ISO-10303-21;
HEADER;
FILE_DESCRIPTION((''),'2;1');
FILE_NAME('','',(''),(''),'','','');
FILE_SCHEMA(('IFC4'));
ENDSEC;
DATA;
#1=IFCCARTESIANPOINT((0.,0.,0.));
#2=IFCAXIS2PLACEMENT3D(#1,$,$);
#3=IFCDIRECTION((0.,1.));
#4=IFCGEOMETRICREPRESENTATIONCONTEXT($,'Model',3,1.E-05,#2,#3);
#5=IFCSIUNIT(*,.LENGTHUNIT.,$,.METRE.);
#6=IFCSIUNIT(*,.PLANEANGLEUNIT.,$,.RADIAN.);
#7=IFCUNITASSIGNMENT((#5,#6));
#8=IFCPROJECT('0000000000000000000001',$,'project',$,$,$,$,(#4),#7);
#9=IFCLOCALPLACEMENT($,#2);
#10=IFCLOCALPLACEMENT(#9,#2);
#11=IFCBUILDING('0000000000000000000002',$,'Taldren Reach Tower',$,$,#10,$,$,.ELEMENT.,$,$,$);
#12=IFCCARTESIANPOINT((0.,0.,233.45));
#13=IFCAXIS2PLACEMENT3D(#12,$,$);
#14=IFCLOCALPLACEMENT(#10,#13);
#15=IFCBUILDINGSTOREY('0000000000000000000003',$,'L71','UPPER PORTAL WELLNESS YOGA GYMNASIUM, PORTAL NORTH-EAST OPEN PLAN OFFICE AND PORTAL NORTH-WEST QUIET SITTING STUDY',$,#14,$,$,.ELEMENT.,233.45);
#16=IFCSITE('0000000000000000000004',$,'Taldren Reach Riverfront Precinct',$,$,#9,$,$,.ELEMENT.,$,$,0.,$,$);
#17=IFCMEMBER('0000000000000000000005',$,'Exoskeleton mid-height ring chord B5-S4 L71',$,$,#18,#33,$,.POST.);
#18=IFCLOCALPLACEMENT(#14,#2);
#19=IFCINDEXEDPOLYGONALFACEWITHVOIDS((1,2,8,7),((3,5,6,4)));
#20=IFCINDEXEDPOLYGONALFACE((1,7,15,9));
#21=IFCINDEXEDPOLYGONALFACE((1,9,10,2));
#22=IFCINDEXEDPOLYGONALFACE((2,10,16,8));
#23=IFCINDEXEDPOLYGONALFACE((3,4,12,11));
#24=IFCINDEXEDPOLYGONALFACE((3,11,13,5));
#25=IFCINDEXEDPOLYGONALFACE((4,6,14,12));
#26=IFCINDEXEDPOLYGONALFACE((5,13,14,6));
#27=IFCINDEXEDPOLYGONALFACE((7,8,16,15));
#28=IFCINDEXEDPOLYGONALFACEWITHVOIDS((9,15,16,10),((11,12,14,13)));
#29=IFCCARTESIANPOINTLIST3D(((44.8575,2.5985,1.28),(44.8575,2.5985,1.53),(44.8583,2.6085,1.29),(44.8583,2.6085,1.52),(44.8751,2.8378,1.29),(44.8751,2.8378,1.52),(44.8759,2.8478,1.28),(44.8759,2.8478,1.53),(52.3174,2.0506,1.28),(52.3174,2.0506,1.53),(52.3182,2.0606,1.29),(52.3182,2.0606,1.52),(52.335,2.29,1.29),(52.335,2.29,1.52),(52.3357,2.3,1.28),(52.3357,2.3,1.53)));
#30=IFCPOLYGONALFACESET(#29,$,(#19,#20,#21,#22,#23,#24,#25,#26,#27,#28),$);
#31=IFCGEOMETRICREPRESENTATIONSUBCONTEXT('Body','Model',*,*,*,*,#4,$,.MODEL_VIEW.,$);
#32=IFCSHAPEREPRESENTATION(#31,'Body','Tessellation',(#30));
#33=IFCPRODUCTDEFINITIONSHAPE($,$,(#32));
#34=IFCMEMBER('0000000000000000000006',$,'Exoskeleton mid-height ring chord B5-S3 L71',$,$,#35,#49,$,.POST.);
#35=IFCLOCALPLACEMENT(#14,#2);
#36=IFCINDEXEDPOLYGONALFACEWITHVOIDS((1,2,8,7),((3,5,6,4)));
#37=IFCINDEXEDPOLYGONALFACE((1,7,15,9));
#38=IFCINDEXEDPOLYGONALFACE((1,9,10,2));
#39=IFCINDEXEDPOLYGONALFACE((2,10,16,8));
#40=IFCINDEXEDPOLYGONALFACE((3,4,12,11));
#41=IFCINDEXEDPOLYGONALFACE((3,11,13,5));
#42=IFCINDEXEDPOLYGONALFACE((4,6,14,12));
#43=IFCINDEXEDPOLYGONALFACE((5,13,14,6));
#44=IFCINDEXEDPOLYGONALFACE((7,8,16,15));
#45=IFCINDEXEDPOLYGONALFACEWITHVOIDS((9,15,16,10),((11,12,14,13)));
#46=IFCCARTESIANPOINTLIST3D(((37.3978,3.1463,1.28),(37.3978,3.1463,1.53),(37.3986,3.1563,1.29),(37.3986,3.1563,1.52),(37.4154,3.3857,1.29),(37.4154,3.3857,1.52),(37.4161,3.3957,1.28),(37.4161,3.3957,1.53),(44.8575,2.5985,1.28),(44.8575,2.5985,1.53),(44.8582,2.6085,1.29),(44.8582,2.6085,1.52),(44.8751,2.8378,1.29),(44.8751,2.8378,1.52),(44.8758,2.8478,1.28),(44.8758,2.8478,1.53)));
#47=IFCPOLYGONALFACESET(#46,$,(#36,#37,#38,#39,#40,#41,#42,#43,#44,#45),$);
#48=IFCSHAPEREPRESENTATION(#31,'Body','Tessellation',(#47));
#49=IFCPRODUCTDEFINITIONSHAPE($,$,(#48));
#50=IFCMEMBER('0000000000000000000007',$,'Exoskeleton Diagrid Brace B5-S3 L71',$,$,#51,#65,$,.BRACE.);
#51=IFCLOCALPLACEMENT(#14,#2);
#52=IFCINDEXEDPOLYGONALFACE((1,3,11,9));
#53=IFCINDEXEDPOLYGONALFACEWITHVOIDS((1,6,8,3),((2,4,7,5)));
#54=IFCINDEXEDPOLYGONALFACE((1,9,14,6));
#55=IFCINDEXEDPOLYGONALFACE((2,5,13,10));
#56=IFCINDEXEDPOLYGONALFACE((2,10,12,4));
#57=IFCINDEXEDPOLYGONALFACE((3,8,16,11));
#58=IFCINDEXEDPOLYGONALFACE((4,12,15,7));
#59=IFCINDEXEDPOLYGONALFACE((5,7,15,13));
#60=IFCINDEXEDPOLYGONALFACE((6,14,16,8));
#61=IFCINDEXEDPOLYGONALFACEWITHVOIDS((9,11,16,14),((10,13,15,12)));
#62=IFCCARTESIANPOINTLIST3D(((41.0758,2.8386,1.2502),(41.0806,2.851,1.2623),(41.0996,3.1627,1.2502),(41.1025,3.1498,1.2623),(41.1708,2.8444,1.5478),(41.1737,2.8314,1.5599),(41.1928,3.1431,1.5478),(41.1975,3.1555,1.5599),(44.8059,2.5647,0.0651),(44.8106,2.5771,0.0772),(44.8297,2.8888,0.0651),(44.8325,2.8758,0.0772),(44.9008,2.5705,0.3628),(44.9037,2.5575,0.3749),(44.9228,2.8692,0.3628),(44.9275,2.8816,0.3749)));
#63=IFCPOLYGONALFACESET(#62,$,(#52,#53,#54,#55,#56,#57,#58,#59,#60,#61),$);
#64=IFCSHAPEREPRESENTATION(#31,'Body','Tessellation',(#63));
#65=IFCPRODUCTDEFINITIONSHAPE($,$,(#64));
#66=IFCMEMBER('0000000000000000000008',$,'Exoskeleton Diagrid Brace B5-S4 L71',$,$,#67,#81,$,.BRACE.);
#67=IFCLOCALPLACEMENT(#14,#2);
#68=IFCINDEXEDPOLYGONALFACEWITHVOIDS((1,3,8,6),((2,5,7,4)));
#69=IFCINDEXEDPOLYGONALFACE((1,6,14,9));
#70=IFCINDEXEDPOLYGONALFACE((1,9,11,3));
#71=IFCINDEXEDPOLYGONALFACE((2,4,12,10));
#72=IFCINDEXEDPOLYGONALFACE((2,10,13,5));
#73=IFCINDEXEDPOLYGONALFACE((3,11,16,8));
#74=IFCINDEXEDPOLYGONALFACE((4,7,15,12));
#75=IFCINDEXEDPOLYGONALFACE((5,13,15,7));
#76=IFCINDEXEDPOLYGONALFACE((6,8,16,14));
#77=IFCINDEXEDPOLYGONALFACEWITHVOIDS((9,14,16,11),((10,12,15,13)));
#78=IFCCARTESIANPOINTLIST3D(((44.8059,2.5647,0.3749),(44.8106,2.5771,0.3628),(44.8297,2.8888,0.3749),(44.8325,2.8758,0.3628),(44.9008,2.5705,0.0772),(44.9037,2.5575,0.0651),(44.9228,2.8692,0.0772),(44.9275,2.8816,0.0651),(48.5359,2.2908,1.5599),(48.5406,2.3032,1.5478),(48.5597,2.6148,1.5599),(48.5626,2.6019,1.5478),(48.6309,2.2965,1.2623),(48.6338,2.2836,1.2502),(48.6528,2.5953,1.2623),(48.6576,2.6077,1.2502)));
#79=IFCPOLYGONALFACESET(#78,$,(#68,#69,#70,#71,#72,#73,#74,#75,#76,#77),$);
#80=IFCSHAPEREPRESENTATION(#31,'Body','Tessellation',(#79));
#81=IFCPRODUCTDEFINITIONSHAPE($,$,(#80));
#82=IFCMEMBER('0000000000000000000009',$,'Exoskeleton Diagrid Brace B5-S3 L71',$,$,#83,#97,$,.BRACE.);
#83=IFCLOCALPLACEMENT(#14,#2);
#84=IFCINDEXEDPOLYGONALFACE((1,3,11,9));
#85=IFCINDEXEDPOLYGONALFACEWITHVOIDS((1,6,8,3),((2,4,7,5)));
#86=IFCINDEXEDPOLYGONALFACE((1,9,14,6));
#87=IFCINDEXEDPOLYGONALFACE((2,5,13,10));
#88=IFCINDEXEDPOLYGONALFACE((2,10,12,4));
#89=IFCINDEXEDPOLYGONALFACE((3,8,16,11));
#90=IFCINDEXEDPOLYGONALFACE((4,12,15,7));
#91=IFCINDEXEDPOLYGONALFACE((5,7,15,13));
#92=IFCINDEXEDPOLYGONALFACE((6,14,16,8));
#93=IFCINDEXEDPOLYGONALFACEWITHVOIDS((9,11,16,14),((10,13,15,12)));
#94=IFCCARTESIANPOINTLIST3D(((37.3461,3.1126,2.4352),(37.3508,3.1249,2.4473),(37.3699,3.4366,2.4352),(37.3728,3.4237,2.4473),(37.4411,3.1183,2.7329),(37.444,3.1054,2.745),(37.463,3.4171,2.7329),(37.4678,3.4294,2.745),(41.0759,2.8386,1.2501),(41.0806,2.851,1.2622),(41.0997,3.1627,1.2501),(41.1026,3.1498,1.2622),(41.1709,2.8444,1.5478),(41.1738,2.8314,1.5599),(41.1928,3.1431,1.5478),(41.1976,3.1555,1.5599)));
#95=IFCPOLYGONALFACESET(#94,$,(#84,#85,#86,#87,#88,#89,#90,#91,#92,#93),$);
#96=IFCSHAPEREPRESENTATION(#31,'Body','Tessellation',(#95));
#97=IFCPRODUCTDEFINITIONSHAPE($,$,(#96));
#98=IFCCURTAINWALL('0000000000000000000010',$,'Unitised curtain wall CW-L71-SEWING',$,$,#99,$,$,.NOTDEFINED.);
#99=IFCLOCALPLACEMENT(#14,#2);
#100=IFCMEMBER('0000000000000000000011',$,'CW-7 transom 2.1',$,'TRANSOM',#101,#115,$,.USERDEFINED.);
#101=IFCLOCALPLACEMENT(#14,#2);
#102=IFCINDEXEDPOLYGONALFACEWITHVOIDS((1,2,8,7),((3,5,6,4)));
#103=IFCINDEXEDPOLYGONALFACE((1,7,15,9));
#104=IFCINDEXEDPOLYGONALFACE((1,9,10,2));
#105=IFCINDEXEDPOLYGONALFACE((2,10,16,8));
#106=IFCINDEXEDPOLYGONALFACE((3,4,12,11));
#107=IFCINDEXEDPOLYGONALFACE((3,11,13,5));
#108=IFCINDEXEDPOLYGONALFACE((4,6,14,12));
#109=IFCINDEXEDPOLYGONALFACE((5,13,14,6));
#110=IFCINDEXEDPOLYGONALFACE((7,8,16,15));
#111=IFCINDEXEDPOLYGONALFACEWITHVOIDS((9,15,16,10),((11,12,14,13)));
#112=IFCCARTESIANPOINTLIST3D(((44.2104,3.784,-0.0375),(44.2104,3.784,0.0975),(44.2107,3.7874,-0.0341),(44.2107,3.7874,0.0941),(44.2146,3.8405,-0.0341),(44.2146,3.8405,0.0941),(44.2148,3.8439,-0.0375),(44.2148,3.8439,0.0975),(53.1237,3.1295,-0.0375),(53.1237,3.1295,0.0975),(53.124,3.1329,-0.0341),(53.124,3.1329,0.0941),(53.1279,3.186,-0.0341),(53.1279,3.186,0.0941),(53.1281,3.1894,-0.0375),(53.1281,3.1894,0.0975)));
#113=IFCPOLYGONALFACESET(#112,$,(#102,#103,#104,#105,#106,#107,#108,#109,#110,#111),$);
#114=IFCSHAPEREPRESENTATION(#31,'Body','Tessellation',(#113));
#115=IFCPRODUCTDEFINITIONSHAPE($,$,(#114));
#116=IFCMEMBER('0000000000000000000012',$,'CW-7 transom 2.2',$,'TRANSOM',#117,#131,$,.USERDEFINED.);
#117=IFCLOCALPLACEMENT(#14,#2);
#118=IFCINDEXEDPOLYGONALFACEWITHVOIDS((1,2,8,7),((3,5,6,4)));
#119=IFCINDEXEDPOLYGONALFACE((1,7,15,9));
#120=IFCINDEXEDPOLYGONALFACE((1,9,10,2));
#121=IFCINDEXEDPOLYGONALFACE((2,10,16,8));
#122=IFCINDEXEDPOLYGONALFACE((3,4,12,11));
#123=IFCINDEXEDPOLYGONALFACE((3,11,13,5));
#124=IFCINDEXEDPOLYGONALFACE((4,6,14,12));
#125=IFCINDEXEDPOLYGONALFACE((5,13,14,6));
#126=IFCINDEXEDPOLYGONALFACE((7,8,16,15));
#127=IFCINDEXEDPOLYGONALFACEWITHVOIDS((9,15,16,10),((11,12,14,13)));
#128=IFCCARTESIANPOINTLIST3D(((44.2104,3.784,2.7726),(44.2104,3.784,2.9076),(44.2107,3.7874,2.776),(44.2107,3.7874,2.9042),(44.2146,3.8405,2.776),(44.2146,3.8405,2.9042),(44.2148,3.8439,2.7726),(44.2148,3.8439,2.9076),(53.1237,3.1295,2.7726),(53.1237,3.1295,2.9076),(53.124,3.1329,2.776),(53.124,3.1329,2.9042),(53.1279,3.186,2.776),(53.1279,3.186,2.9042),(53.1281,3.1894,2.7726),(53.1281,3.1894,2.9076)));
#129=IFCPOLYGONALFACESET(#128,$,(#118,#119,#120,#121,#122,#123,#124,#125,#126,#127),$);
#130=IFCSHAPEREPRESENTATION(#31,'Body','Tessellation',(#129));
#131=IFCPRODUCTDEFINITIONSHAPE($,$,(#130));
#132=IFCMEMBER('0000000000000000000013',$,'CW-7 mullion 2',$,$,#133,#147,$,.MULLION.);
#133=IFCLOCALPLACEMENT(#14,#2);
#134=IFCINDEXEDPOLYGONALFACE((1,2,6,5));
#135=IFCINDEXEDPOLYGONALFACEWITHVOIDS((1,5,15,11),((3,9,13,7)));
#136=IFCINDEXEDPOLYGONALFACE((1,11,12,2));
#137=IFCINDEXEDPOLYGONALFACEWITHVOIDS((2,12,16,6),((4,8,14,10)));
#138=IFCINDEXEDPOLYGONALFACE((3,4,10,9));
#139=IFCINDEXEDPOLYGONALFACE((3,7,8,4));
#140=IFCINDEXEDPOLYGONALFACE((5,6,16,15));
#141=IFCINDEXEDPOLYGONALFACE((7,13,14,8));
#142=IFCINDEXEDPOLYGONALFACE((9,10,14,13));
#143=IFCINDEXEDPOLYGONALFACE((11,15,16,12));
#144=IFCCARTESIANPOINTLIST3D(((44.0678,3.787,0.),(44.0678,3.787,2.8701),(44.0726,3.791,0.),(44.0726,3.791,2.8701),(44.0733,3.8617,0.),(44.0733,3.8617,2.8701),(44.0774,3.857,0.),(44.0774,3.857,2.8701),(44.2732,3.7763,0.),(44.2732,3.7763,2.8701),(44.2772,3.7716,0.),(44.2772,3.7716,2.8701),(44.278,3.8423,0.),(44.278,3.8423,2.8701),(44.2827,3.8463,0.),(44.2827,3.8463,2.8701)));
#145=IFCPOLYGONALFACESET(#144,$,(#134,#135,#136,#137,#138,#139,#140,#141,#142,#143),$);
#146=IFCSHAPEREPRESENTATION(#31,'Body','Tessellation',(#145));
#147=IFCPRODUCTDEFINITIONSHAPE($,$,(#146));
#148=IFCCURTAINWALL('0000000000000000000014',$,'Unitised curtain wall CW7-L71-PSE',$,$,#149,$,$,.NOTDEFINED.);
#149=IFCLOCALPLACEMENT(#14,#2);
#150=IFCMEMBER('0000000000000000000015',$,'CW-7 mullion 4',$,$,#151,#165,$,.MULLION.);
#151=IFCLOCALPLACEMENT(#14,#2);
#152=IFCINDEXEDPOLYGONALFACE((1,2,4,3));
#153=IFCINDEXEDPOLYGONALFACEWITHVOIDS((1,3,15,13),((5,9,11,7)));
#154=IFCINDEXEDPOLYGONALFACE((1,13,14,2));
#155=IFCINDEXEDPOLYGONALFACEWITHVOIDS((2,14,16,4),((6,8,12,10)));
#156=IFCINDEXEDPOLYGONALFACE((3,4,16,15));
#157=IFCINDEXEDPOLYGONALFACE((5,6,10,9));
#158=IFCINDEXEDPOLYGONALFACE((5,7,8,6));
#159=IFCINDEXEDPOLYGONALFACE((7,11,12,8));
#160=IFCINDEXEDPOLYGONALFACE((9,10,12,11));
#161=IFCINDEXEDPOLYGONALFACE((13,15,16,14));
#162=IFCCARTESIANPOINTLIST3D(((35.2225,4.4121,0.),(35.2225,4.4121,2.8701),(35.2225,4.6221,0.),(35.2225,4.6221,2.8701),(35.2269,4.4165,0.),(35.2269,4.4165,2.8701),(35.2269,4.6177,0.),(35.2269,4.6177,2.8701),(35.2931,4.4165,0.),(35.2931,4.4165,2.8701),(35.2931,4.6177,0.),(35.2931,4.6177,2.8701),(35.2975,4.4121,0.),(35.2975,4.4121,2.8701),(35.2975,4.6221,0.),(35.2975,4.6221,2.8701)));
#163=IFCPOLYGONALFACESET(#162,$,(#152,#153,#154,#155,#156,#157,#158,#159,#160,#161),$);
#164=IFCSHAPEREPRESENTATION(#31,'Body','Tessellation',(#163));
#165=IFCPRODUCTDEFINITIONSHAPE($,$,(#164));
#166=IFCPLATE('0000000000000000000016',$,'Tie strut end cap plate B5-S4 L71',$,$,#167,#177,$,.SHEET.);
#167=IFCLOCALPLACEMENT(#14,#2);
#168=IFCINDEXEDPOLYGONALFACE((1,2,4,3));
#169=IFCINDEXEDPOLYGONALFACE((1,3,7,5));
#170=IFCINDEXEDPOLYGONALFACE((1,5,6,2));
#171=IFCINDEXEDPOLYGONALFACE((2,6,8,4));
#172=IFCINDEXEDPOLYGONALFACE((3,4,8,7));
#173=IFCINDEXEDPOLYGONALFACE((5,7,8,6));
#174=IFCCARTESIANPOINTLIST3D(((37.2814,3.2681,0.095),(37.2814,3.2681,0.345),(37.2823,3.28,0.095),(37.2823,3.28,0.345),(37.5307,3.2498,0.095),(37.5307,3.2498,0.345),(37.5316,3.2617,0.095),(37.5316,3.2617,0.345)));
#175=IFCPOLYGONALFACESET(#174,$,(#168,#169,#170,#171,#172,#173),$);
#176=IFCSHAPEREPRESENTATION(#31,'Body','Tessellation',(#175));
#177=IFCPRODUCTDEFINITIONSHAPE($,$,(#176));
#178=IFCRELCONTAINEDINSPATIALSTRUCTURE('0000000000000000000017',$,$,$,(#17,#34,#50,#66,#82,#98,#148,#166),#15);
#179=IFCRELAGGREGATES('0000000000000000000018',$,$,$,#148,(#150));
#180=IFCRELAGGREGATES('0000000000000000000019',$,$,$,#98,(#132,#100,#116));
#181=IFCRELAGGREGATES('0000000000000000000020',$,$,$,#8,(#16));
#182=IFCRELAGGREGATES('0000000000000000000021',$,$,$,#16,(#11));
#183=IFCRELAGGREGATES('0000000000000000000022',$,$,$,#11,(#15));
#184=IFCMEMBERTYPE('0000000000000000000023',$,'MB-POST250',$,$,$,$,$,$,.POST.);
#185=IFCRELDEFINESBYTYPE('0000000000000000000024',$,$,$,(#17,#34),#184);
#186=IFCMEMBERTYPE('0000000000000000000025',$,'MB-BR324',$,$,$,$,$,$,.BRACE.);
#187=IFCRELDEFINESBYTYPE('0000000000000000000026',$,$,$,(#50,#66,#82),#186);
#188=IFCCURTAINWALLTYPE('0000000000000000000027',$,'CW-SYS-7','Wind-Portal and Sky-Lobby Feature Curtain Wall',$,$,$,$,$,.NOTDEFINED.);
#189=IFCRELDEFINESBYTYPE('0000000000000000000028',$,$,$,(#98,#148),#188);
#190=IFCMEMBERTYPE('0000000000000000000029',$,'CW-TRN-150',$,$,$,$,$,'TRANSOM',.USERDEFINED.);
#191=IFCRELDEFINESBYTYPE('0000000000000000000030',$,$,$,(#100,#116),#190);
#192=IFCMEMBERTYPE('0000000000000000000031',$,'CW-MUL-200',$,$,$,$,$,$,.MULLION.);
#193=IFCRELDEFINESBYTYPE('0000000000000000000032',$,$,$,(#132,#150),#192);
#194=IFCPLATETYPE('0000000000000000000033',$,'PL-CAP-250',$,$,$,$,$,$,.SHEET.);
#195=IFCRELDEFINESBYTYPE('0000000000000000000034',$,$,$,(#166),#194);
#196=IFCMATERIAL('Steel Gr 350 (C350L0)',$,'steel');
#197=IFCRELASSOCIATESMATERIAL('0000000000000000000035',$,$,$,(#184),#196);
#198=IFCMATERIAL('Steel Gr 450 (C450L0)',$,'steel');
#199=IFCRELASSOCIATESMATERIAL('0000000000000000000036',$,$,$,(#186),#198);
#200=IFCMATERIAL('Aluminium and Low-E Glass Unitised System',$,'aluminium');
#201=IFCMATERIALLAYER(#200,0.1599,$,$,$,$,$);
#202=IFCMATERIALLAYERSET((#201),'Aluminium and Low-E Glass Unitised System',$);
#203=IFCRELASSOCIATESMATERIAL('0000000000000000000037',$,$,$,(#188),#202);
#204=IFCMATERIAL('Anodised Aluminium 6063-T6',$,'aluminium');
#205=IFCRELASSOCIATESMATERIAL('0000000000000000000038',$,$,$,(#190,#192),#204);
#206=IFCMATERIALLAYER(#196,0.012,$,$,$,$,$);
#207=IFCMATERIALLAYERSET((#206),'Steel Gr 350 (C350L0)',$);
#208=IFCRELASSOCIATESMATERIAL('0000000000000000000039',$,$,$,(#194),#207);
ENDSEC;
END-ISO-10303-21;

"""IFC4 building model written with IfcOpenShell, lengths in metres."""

from ifc_helpers import new_model, si_unit, direction, frame, origin, origin_2d, place, context, subcontext, project, spatial, rectangle, hollow_rectangle, extrude, source, transform, mapped, material, layer, layer_set, material_profile, profile_set, type_object, element, aggregate, save


model = new_model("IFC4")

# Units and contexts
model_context = context("Model", 3, precision=1e-05, world=origin(), true_north=direction((0.0, 1.0)))
body_context = subcontext(model_context, "Body", "Model", "MODEL_VIEW")
ifc_project = project(units=[si_unit("LENGTHUNIT", "METRE"), si_unit("PLANEANGLEUNIT", "RADIAN")], contexts=[model_context])

# Site, building, storey
site_placement = place(None, origin())
site = spatial("IfcSite", under=ifc_project, at=site_placement, Name="Taldren Reach Riverfront Precinct", CompositionType="ELEMENT", RefElevation=0.0)
building_placement = place(site_placement, origin())
building = spatial("IfcBuilding", under=site, at=building_placement, Name="Taldren Reach Tower", CompositionType="ELEMENT")
storey_placement = place(building_placement, frame((0.0, 0.0, 233.45)))
storey = spatial("IfcBuildingStorey", under=building, at=storey_placement, Name="L71", Description="UPPER PORTAL WELLNESS YOGA GYMNASIUM, PORTAL NORTH-EAST OPEN PLAN OFFICE AND PORTAL NORTH-WEST QUIET SITTING STUDY", CompositionType="ELEMENT", Elevation=233.45)

# Shared definitions
ifc_material_1 = material(Name="Steel Gr 350 (C350L0)", Category="steel")
ifc_material_profile_1 = material_profile(ifc_material_1, hollow_rectangle(XDim=0.25, YDim=0.25, WallThickness=0.01, at=origin_2d()), Name="250x250x10.0SHS")
ifc_profile_set_1 = profile_set([ifc_material_profile_1], Name="Steel Gr 350 (C350L0)")
member_type_1 = type_object("IfcMemberType", Name="MB-POST250", PredefinedType="POST", material=ifc_profile_set_1)
ifc_material_2 = material(Name="Steel Gr 450 (C450L0)", Category="steel")

# Members
shared_shape_1 = source(origin(), body_context, "Body", "SweptSolid", [
    extrude(hollow_rectangle(XDim=0.25, YDim=0.25, WallThickness=0.01, at=origin_2d()), origin(), (0.0, 0.0, 1.0), 7.48),
])
member_1_placement = place(storey_placement, frame((44.8667, 2.7231, 1.405), z_axis=(0.997314, -0.073242, 0.0), x_axis=(0.073242, 0.997314, 0.0)))
element("IfcMember", 1, at=member_1_placement, inside=storey, type_object=member_type_1, Name="Exoskeleton mid-height ring chord B5-S4 L71", PredefinedType="POST", context=body_context, shape_type="MappedRepresentation", body=[
    mapped(shared_shape_1, transform((0.0, 0.0, 0.0), scale=1.0)),
])
shared_shape_2 = source(origin(), body_context, "Body", "SweptSolid", [
    extrude(hollow_rectangle(XDim=0.25, YDim=0.25, WallThickness=0.01, at=origin_2d()), origin(), (0.0, 0.0, 1.0), 7.4797),
])
member_2_placement = place(storey_placement, frame((37.407, 3.271, 1.405), z_axis=(0.997314, -0.073244, 0.0), x_axis=(0.073244, 0.997314, 0.0)))
element("IfcMember", 2, at=member_2_placement, inside=storey, type_object=member_type_1, Name="Exoskeleton mid-height ring chord B5-S3 L71", PredefinedType="POST", context=body_context, shape_type="MappedRepresentation", body=[
    mapped(shared_shape_2, transform((0.0, 0.0, 0.0), scale=1.0)),
])
ifc_material_profile_2 = material_profile(ifc_material_2, hollow_rectangle(XDim=0.325, YDim=0.325, WallThickness=0.0127, at=origin_2d()), Name="325x325x12.7SHS")
ifc_profile_set_2 = profile_set([ifc_material_profile_2], Name="Steel Gr 450 (C450L0)")
member_type_2 = type_object("IfcMemberType", Name="MB-BR324", PredefinedType="BRACE", material=ifc_profile_set_2)
shared_shape_3 = source(origin(), body_context, "Body", "SweptSolid", [
    extrude(hollow_rectangle(XDim=0.325, YDim=0.325, WallThickness=0.0127, at=origin_2d()), origin(), (0.0, 0.0, 1.0), 3.9233),
])
for number, where, z_axis, x_axis, name in (
    (3, (44.8667, 2.7231, 0.22), (-0.950729, 0.069821, 0.302058), (-0.073242, -0.997314, 0.0), "Exoskeleton Diagrid Brace B5-S3 L71"),
    (4, (44.8667, 2.7231, 0.22), (0.950729, -0.069821, 0.302058), (0.073242, 0.997314, 0.0), "Exoskeleton Diagrid Brace B5-S4 L71"),
):
    element("IfcMember", number, at=place(storey_placement, frame(where, z_axis=z_axis, x_axis=x_axis)), inside=storey, type_object=member_type_2, Name=name, PredefinedType="BRACE", context=body_context, shape_type="MappedRepresentation", body=[
        mapped(shared_shape_3, transform((0.0, 0.0, 0.0), scale=1.0)),
    ])
shared_shape_4 = source(origin(), body_context, "Body", "SweptSolid", [
    extrude(hollow_rectangle(XDim=0.325, YDim=0.325, WallThickness=0.0127, at=origin_2d()), origin(), (0.0, 0.0, 1.0), 3.9231),
])
member_3_placement = place(storey_placement, frame((41.1367, 2.9971, 1.405), z_axis=(-0.950723, 0.069825, 0.302076), x_axis=(-0.073246, -0.997314, 0.0)))
element("IfcMember", 5, at=member_3_placement, inside=storey, type_object=member_type_2, Name="Exoskeleton Diagrid Brace B5-S3 L71", PredefinedType="BRACE", context=body_context, shape_type="MappedRepresentation", body=[
    mapped(shared_shape_4, transform((0.0, 0.0, 0.0), scale=1.0)),
])

# Curtain wall, members
ifc_material_3 = material(Name="Aluminium and Low-E Glass Unitised System", Category="aluminium")
ifc_layer_1 = layer(ifc_material_3, 0.1599)
ifc_layer_set_1 = layer_set([ifc_layer_1], Name="Aluminium and Low-E Glass Unitised System")
curtain_wall_type = type_object("IfcCurtainWallType", Name="CW-SYS-7", Description="Wind-Portal and Sky-Lobby Feature Curtain Wall", PredefinedType="NOTDEFINED", material=ifc_layer_set_1)
curtain_wall_1_placement = place(storey_placement, origin())
curtain_wall_1 = element("IfcCurtainWall", 6, at=curtain_wall_1_placement, inside=storey, type_object=curtain_wall_type, Name="Unitised curtain wall CW-L71-SEWING", PredefinedType="NOTDEFINED")
ifc_material_4 = material(Name="Anodised Aluminium 6063-T6", Category="aluminium")
ifc_material_profile_3 = material_profile(ifc_material_4, hollow_rectangle(XDim=0.0601, YDim=0.135, WallThickness=0.0034, at=origin_2d()), Name="ALU-135x60x3.5RHS")
ifc_profile_set_3 = profile_set([ifc_material_profile_3], Name="Anodised Aluminium 6063-T6")
member_type_3 = type_object("IfcMemberType", Name="CW-TRN-150", ElementType="TRANSOM", PredefinedType="USERDEFINED", material=ifc_profile_set_3)
shared_shape_5 = source(origin(), body_context, "Body", "SweptSolid", [
    extrude(hollow_rectangle(XDim=0.0601, YDim=0.135, WallThickness=0.0034, at=origin_2d()), origin(), (0.0, 0.0, 1.0), 8.9373),
])
member_4_placement = place(storey_placement, frame((44.2126, 3.814, 0.03), z_axis=(0.997315, -0.073237, 0.0), x_axis=(0.073237, 0.997315, 0.0)))
member_4 = element("IfcMember", 7, at=member_4_placement, type_object=member_type_3, Name="CW-7 transom 2.1", ObjectType="TRANSOM", PredefinedType="USERDEFINED", context=body_context, shape_type="MappedRepresentation", body=[
    mapped(shared_shape_5, transform((0.0, 0.0, 0.0), scale=1.0)),
])
member_5_placement = place(storey_placement, frame((44.2126, 3.814, 2.8401), z_axis=(0.997315, -0.073237, 0.0), x_axis=(0.073237, 0.997315, 0.0)))
member_5 = element("IfcMember", 8, at=member_5_placement, type_object=member_type_3, Name="CW-7 transom 2.2", ObjectType="TRANSOM", PredefinedType="USERDEFINED", context=body_context, shape_type="MappedRepresentation", body=[
    mapped(shared_shape_5, transform((0.0, 0.0, 0.0), scale=1.0)),
])
ifc_material_profile_4 = material_profile(ifc_material_4, hollow_rectangle(XDim=0.075, YDim=0.21, WallThickness=0.0044, at=origin_2d()), Name="ALU-210x75x4.5RHS")
ifc_profile_set_4 = profile_set([ifc_material_profile_4], Name="Anodised Aluminium 6063-T6")
member_type_4 = type_object("IfcMemberType", Name="CW-MUL-200", PredefinedType="MULLION", material=ifc_profile_set_4)
shared_shape_6 = source(origin(), body_context, "Body", "SweptSolid", [
    extrude(hollow_rectangle(XDim=0.075, YDim=0.21, WallThickness=0.0044, at=origin_2d()), origin(), (0.0, 0.0, 1.0), 2.8701),
])
member_6_placement = place(storey_placement, frame((44.1753, 3.8167, 0.0), z_axis=(0.0, 0.0, 1.0), x_axis=(0.073238, 0.997314, 0.0)))
member_6 = element("IfcMember", 9, at=member_6_placement, type_object=member_type_4, Name="CW-7 mullion 2", PredefinedType="MULLION", context=body_context, shape_type="MappedRepresentation", body=[
    mapped(shared_shape_6, transform((0.0, 0.0, 0.0), scale=1.0)),
])

# Curtain wall, member
curtain_wall_2_placement = place(storey_placement, origin())
curtain_wall_2 = element("IfcCurtainWall", 10, at=curtain_wall_2_placement, inside=storey, type_object=curtain_wall_type, Name="Unitised curtain wall CW7-L71-PSE", PredefinedType="NOTDEFINED")
member_7_placement = place(storey_placement, frame((35.26, 4.5171, 0.0), z_axis=(0.0, 0.0, 1.0), x_axis=(1.0, 0.0, 0.0)))
member_7 = element("IfcMember", 11, at=member_7_placement, type_object=member_type_4, Name="CW-7 mullion 4", PredefinedType="MULLION", context=body_context, shape_type="MappedRepresentation", body=[
    mapped(shared_shape_6, transform((0.0, 0.0, 0.0), scale=1.0)),
])
aggregate(curtain_wall_2, [member_7])

# Plate
ifc_layer_2 = layer(ifc_material_1, 0.012)
ifc_layer_set_2 = layer_set([ifc_layer_2], Name="Steel Gr 350 (C350L0)")
plate_type_1 = type_object("IfcPlateType", Name="PL-CAP-250", PredefinedType="SHEET", material=ifc_layer_set_2)
shared_shape_7 = source(origin(), body_context, "Body", "SweptSolid", [
    extrude(rectangle(XDim=0.25, YDim=0.012, at=origin_2d()), origin(), (0.0, 0.0, 1.0), 0.25),
])
plate_1_placement = place(storey_placement, frame((37.4065, 3.2649, 0.095), z_axis=(0.0, 0.0, 1.0), x_axis=(0.997314, -0.073238, 0.0)))
element("IfcPlate", 12, at=plate_1_placement, inside=storey, type_object=plate_type_1, Name="Tie strut end cap plate B5-S4 L71", PredefinedType="SHEET", context=body_context, shape_type="MappedRepresentation", body=[
    mapped(shared_shape_7, transform((0.0, 0.0, 0.0), scale=1.0)),
])

aggregate(curtain_wall_1, [member_6, member_4, member_5])

save(model, "model.ifc")
